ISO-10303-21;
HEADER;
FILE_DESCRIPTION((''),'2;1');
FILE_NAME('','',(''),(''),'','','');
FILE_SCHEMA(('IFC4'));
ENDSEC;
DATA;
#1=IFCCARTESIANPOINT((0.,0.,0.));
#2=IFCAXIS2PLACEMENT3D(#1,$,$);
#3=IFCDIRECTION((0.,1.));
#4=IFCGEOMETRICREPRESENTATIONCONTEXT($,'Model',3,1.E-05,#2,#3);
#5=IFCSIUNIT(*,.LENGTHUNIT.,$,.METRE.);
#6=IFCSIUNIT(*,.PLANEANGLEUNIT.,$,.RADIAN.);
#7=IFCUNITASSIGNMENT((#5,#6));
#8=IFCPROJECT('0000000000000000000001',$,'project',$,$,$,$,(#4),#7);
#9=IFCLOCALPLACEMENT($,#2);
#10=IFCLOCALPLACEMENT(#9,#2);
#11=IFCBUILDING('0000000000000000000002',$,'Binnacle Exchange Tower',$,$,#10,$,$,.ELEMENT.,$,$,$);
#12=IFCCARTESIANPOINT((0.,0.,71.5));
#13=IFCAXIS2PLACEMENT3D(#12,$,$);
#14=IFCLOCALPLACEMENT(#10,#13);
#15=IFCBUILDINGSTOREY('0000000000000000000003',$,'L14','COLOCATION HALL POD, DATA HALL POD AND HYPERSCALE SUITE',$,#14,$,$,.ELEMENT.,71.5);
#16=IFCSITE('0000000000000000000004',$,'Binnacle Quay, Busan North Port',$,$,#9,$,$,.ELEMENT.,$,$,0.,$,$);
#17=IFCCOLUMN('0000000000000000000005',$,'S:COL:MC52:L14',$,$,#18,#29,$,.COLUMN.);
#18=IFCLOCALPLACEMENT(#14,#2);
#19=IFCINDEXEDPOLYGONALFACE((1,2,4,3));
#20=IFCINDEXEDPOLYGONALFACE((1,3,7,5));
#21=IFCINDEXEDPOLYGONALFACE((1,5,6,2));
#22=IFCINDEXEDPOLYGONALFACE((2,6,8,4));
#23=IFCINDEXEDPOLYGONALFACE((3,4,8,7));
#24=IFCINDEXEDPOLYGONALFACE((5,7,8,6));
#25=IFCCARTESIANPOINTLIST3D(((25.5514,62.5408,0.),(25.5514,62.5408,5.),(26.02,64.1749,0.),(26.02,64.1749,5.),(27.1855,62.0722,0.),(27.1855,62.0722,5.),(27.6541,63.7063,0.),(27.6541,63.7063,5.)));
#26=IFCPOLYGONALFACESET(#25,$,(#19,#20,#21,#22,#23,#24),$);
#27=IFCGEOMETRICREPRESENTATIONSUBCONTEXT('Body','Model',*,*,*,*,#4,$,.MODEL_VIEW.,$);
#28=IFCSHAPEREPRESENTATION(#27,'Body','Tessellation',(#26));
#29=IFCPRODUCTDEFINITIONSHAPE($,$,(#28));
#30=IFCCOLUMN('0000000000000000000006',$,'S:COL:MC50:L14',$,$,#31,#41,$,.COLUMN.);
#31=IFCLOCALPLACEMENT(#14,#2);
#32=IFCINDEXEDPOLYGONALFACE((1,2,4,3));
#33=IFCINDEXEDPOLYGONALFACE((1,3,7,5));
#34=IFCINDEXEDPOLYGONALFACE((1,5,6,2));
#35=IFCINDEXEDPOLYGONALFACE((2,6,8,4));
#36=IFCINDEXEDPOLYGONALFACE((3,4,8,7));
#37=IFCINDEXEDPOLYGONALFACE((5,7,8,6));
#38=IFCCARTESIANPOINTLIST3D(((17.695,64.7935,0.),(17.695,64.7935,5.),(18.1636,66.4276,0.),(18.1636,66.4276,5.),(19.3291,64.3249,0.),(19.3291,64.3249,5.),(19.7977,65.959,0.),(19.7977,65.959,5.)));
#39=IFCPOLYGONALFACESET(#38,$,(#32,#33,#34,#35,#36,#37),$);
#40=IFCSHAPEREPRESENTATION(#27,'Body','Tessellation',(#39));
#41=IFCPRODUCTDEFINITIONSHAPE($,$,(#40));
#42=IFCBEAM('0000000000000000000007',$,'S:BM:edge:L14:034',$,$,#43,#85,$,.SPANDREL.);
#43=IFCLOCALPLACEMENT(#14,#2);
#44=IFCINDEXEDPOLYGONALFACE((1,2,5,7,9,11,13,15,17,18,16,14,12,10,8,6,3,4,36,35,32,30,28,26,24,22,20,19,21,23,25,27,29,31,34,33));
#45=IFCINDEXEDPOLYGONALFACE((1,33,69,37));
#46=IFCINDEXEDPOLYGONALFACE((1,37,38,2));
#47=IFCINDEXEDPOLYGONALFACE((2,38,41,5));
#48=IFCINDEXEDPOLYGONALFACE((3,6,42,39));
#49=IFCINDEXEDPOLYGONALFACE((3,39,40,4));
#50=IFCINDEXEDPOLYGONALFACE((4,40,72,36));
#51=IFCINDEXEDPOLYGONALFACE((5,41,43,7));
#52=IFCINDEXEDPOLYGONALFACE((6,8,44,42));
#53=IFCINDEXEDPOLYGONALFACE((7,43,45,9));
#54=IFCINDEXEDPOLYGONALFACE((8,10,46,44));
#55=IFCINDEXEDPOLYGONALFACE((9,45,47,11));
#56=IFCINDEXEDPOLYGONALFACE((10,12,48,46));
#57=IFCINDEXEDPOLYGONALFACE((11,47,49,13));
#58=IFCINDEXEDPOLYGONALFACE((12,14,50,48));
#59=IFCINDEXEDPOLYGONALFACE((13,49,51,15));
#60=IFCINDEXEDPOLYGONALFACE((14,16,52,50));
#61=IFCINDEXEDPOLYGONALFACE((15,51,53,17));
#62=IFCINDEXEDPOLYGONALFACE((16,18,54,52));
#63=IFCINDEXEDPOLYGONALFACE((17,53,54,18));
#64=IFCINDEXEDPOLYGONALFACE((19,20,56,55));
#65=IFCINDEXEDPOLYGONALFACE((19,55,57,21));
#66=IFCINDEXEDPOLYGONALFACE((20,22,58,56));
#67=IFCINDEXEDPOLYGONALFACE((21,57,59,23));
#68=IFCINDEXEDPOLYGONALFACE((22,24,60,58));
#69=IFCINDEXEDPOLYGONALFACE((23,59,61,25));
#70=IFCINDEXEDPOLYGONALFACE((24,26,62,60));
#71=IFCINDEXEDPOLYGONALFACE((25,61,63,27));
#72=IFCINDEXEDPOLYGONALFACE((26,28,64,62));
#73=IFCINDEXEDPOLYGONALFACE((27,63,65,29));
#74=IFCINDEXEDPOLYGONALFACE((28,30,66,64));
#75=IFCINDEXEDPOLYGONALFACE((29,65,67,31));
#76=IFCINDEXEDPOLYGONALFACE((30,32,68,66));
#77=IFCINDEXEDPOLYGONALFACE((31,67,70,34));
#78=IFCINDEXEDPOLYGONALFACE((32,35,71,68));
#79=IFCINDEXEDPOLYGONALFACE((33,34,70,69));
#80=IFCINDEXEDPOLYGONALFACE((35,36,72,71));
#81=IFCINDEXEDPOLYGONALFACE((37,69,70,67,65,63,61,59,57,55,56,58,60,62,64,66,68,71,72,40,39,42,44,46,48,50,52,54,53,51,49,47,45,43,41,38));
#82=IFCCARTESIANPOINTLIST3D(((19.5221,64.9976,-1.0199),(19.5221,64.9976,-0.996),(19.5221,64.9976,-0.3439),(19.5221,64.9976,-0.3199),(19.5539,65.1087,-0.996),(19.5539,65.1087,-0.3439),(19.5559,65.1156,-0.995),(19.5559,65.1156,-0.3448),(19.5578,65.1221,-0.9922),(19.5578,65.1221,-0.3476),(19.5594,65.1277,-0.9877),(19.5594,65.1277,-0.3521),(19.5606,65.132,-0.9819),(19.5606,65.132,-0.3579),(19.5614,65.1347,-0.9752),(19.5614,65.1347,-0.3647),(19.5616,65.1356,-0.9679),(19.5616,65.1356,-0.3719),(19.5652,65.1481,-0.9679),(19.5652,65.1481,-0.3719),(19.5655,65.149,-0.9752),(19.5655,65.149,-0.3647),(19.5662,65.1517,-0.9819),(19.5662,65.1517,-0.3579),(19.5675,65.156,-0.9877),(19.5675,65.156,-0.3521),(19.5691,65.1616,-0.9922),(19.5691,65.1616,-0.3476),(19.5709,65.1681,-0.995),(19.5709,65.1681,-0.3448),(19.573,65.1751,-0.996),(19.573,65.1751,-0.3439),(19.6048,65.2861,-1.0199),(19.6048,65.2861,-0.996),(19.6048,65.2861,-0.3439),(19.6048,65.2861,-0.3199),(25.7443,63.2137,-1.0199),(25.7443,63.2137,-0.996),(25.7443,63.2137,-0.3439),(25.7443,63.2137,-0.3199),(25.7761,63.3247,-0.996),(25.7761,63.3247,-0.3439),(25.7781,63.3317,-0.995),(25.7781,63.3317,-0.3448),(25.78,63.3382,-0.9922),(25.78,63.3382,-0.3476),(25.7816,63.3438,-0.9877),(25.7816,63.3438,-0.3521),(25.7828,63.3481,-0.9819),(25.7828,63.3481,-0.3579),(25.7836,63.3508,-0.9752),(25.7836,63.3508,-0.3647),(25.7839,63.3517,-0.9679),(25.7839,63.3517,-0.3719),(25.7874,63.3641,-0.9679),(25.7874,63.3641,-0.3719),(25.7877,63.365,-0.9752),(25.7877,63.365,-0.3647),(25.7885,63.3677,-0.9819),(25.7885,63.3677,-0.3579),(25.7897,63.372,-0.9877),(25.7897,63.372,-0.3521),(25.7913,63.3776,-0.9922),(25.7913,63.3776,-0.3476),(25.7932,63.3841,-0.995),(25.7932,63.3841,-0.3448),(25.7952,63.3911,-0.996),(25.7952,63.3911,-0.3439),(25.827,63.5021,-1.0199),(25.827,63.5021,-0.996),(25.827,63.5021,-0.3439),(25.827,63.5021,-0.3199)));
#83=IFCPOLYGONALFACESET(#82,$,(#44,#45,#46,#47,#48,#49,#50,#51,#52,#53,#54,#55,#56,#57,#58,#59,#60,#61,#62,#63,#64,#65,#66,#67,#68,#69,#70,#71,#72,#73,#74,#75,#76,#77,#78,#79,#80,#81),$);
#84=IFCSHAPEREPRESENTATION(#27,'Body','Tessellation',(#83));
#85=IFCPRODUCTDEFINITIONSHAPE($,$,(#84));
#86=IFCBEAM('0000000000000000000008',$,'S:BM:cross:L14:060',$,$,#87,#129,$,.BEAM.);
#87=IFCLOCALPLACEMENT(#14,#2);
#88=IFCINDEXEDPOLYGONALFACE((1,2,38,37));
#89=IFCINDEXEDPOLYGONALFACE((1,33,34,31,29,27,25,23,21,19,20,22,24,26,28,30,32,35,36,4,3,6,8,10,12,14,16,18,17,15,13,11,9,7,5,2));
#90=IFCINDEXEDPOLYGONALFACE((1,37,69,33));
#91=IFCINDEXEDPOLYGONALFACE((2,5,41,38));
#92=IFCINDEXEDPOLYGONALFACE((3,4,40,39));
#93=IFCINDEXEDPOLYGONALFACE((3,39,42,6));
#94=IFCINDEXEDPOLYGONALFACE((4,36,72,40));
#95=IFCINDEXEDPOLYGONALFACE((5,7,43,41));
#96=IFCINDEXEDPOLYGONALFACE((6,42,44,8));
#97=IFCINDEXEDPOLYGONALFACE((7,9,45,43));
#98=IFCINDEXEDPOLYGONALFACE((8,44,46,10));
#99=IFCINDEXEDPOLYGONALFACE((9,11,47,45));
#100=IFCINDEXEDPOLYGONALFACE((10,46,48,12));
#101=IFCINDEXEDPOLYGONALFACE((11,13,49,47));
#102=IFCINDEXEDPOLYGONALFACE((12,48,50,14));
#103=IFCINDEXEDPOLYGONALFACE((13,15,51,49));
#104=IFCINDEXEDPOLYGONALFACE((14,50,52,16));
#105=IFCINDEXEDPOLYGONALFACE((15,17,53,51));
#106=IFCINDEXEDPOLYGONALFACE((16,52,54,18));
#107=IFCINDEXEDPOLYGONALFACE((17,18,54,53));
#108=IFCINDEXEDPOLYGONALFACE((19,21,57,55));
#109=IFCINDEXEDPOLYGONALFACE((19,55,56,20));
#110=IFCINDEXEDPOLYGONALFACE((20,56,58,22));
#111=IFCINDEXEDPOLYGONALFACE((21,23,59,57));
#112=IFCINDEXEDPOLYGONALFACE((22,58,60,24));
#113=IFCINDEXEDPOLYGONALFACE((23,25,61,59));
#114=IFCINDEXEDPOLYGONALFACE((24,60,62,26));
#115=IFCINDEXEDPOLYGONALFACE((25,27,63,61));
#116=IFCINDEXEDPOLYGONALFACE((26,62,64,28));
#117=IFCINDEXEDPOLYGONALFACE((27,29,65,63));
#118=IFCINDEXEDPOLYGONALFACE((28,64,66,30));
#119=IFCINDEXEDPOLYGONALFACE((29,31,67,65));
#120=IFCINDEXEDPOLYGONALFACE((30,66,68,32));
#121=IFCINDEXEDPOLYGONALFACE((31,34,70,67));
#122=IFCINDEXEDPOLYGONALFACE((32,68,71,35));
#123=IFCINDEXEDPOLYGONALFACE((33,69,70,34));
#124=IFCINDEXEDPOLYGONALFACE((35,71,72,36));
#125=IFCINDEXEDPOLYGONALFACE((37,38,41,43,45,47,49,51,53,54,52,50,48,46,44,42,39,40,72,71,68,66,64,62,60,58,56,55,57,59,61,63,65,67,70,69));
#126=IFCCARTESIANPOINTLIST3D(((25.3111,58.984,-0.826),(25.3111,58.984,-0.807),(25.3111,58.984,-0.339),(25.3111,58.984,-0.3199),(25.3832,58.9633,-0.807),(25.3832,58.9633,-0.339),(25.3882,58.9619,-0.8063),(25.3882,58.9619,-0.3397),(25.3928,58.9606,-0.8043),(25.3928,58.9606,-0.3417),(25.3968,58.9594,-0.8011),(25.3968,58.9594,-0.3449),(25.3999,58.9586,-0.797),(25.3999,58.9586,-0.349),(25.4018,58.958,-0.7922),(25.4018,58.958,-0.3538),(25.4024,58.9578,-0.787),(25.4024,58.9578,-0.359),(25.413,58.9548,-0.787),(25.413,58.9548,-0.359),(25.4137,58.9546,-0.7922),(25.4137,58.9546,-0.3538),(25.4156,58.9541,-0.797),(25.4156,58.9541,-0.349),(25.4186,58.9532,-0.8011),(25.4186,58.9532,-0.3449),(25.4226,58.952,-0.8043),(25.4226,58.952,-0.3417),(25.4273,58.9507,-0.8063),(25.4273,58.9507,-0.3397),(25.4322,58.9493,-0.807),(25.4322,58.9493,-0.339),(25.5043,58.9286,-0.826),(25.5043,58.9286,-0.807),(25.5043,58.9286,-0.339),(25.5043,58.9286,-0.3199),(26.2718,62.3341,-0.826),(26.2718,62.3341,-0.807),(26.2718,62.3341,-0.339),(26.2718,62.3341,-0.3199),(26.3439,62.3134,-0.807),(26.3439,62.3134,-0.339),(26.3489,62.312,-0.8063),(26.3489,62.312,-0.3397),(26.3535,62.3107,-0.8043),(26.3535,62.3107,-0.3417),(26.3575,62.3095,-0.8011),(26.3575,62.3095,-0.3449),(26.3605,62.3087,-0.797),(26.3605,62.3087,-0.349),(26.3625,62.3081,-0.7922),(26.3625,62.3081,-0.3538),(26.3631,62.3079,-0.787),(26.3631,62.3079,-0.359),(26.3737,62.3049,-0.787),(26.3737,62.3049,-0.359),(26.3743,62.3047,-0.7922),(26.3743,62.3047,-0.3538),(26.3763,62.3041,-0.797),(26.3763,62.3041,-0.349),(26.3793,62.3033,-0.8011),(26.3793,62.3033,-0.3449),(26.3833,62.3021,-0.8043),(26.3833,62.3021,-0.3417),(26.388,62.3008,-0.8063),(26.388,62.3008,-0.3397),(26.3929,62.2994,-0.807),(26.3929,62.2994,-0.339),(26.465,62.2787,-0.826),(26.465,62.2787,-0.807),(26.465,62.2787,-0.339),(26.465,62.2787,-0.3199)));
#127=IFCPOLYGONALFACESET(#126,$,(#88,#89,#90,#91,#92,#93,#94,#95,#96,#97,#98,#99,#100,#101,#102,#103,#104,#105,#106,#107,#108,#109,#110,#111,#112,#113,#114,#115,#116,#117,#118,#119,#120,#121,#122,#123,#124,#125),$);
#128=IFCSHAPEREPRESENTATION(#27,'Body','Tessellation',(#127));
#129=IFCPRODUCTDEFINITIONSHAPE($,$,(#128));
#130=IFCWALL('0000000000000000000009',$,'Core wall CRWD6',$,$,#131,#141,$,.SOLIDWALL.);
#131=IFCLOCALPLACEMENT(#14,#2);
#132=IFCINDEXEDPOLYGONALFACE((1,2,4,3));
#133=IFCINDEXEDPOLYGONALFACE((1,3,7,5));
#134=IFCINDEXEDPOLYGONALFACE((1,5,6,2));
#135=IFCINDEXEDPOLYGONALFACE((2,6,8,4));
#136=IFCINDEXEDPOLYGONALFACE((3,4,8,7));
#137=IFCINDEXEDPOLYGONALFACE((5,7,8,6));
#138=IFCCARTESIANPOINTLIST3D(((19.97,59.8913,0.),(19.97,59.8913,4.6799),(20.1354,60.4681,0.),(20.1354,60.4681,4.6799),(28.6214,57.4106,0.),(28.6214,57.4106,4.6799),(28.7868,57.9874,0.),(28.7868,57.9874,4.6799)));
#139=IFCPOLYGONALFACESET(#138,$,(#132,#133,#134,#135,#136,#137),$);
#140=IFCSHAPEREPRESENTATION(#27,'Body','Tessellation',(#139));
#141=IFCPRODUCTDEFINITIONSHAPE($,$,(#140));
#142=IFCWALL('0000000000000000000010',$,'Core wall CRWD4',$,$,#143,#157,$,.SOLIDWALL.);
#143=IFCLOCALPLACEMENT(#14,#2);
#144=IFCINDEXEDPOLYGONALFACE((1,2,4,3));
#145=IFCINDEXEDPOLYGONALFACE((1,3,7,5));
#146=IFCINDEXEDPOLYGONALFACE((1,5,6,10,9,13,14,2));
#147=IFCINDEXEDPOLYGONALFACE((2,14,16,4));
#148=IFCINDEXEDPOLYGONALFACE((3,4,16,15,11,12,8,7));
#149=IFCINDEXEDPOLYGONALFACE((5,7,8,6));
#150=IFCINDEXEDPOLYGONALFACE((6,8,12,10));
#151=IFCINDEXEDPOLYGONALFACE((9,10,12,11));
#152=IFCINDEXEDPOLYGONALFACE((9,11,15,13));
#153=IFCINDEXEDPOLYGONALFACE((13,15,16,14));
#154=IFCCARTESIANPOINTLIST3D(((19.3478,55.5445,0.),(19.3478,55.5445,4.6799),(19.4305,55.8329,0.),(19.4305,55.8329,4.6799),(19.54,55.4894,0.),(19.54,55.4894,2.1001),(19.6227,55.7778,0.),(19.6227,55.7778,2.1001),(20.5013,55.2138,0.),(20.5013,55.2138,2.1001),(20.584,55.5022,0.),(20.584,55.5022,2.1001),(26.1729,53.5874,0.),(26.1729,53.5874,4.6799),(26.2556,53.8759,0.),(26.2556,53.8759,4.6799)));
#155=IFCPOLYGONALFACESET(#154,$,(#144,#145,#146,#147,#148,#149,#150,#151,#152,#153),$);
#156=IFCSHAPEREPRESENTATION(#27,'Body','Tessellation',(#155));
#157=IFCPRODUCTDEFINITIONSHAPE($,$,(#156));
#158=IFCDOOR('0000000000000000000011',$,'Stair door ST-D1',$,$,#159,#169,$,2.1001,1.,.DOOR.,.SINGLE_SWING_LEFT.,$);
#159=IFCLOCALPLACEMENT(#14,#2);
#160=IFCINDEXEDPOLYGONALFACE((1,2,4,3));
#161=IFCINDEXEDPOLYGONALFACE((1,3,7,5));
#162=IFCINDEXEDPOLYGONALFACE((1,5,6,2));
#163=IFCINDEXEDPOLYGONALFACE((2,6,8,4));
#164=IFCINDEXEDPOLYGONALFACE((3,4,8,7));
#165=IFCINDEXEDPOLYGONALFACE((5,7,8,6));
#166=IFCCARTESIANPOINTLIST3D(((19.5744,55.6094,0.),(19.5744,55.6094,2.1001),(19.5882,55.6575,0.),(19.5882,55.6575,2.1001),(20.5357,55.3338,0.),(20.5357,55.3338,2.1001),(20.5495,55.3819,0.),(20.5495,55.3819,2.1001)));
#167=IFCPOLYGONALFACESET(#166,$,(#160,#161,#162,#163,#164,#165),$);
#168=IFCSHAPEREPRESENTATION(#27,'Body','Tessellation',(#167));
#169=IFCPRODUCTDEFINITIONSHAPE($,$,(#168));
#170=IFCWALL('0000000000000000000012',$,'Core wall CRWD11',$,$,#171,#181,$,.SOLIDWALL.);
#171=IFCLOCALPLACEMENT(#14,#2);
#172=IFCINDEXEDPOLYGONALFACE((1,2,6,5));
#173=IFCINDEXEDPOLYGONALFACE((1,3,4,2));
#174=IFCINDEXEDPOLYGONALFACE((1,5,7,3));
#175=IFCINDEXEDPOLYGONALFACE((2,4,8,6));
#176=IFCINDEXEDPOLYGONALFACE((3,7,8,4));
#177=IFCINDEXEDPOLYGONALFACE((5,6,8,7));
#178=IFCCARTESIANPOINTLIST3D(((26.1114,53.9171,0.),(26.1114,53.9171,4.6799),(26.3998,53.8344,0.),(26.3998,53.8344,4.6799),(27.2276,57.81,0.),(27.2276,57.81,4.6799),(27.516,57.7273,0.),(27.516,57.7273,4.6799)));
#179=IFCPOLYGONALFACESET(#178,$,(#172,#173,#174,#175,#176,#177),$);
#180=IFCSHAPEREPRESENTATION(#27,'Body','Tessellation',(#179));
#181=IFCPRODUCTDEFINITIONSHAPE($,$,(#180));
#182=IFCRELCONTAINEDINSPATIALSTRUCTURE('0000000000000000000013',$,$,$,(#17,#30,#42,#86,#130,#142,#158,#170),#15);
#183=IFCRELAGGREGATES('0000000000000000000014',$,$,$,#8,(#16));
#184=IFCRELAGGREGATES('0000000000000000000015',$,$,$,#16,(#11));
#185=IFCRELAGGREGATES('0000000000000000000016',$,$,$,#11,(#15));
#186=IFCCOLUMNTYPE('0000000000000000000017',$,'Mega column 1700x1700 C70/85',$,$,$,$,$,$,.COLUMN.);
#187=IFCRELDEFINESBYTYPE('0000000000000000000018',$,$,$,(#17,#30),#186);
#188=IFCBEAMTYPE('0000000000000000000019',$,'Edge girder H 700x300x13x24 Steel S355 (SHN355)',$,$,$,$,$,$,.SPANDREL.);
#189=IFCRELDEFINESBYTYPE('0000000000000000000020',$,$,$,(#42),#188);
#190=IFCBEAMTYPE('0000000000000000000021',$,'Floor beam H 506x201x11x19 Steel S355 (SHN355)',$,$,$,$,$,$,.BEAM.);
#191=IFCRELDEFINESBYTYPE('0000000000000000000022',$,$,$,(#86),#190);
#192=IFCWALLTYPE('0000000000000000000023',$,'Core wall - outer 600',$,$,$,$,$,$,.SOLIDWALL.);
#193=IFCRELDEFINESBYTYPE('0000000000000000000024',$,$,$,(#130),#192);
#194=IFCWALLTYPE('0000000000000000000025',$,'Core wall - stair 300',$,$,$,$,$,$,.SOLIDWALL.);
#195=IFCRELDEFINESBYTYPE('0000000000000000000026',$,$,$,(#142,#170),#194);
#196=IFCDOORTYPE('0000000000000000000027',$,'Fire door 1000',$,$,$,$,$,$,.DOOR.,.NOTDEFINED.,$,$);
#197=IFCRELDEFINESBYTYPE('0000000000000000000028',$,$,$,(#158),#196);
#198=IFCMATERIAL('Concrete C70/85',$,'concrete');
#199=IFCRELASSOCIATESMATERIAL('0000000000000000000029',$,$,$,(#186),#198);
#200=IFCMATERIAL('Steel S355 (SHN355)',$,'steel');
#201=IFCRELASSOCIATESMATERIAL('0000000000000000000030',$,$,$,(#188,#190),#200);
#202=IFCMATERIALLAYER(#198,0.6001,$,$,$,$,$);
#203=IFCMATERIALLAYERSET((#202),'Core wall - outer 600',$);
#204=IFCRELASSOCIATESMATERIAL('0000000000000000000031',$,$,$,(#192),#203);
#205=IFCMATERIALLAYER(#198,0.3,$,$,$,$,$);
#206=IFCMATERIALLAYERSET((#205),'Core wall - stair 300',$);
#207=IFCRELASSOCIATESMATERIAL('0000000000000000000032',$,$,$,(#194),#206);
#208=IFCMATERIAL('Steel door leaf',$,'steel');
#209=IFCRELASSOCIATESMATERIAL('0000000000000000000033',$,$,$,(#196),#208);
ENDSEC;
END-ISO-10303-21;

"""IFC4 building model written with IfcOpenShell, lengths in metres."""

from ifc_helpers import new_model, si_unit, direction, frame, frame_2d, origin, origin_2d, place, context, subcontext, project, spatial, rectangle, i_section, extrude, material, layer, layer_set, material_profile, profile_set, type_object, element, fill, save


model = new_model("IFC4")

# Units and contexts
model_context = context("Model", 3, precision=1e-05, world=origin(), true_north=direction((0.0, 1.0)))
body_context = subcontext(model_context, "Body", "Model", "MODEL_VIEW")
ifc_project = project(units=[si_unit("LENGTHUNIT", "METRE"), si_unit("PLANEANGLEUNIT", "RADIAN")], contexts=[model_context])

# Site, building, storey
site_placement = place(None, origin())
site = spatial("IfcSite", under=ifc_project, at=site_placement, Name="Binnacle Quay, Busan North Port", CompositionType="ELEMENT", RefElevation=0.0)
building_placement = place(site_placement, origin())
building = spatial("IfcBuilding", under=site, at=building_placement, Name="Binnacle Exchange Tower", CompositionType="ELEMENT")
storey_placement = place(building_placement, frame((0.0, 0.0, 71.5)))
storey = spatial("IfcBuildingStorey", under=building, at=storey_placement, Name="L14", Description="COLOCATION HALL POD, DATA HALL POD AND HYPERSCALE SUITE", CompositionType="ELEMENT", Elevation=71.5)

# Columns
ifc_material_1 = material(Name="Concrete C70/85", Category="concrete")
ifc_material_profile_1 = material_profile(ifc_material_1, rectangle(XDim=1.7, YDim=1.7, at=origin_2d()), Name="Mega column 1700x1700 C70/85")
ifc_profile_set_1 = profile_set([ifc_material_profile_1], Name="Concrete C70/85")
column_type = type_object("IfcColumnType", Name="Mega column 1700x1700 C70/85", PredefinedType="COLUMN", material=ifc_profile_set_1)
for number, where, z_axis, x_axis, name in (
    (1, (26.6028, 63.1235, 0.0), (0.0, 0.0, 1.0), (-0.961262, 0.275637, 0.0), "S:COL:MC52:L14"),
    (2, (18.7463, 65.3762, 0.0), (0.0, 0.0, 1.0), (-0.961262, 0.275637, 0.0), "S:COL:MC50:L14"),
):
    element("IfcColumn", number, at=place(storey_placement, frame(where, z_axis=z_axis, x_axis=x_axis)), inside=storey, type_object=column_type, Name=name, PredefinedType="COLUMN", context=body_context, shape_type="SweptSolid", body=[
        extrude(rectangle(XDim=1.7, YDim=1.7, at=origin_2d()), origin(), (0.0, 0.0, 1.0), 5.0),
    ])

# Beams
ifc_material_2 = material(Name="Steel S355 (SHN355)", Category="steel")
ifc_material_profile_2 = material_profile(ifc_material_2, i_section(OverallWidth=0.3, OverallDepth=0.7, WebThickness=0.0129, FlangeThickness=0.0239, FilletRadius=0.0281, at=origin_2d()), Name="H 700x300x13x24")
ifc_profile_set_2 = profile_set([ifc_material_profile_2], Name="Steel S355 (SHN355)")
beam_type_1 = type_object("IfcBeamType", Name="Edge girder H 700x300x13x24 Steel S355 (SHN355)", PredefinedType="SPANDREL", material=ifc_profile_set_2)
beam_1_placement = place(storey_placement, frame((25.7856, 63.3579, -0.6699), z_axis=(-0.961272, 0.275603, 0.0), x_axis=(-0.275603, -0.961272, 0.0)))
element("IfcBeam", 3, at=beam_1_placement, inside=storey, type_object=beam_type_1, Name="S:BM:edge:L14:034", PredefinedType="SPANDREL", context=body_context, shape_type="SweptSolid", body=[
    extrude(i_section(OverallWidth=0.3, OverallDepth=0.7, WebThickness=0.0129, FlangeThickness=0.0239, FilletRadius=0.0281, at=origin_2d()), origin(), (0.0, 0.0, 1.0), 6.4729),
])
ifc_material_profile_3 = material_profile(ifc_material_2, i_section(OverallWidth=0.2009, OverallDepth=0.5061, WebThickness=0.011, FlangeThickness=0.019, FilletRadius=0.02, at=origin_2d()), Name="H 506x201x11x19")
ifc_profile_set_3 = profile_set([ifc_material_profile_3], Name="Steel S355 (SHN355)")
beam_type_2 = type_object("IfcBeamType", Name="Floor beam H 506x201x11x19 Steel S355 (SHN355)", PredefinedType="BEAM", material=ifc_profile_set_3)
beam_2_placement = place(storey_placement, frame((26.3684, 62.3064, -0.573), z_axis=(-0.275655, -0.961257, 0.0), x_axis=(0.961257, -0.275655, 0.0)))
element("IfcBeam", 4, at=beam_2_placement, inside=storey, type_object=beam_type_2, Name="S:BM:cross:L14:060", PredefinedType="BEAM", context=body_context, shape_type="SweptSolid", body=[
    extrude(i_section(OverallWidth=0.2009, OverallDepth=0.5061, WebThickness=0.011, FlangeThickness=0.019, FilletRadius=0.02, at=origin_2d()), origin(), (0.0, 0.0, 1.0), 3.4851),
])

# Wall
ifc_layer_1 = layer(ifc_material_1, 0.6001)
ifc_layer_set_1 = layer_set([ifc_layer_1], Name="Core wall - outer 600")
wall_type_1 = type_object("IfcWallType", Name="Core wall - outer 600", PredefinedType="SOLIDWALL", material=ifc_layer_set_1)
wall_1_placement = place(storey_placement, frame((20.0527, 60.1797, 0.0), z_axis=(0.0, 0.0, 1.0), x_axis=(0.961262, -0.275635, 0.0)))
element("IfcWall", 5, at=wall_1_placement, inside=storey, type_object=wall_type_1, Name="Core wall CRWD6", PredefinedType="SOLIDWALL", context=body_context, shape_type="SweptSolid", body=[
    extrude(rectangle(XDim=9.0, YDim=0.6001, at=frame_2d((4.5, 0.0))), origin(), (0.0, 0.0, 1.0), 4.6799),
])

# Wall, opening, door
ifc_layer_2 = layer(ifc_material_1, 0.3)
ifc_layer_set_2 = layer_set([ifc_layer_2], Name="Core wall - stair 300")
wall_type_2 = type_object("IfcWallType", Name="Core wall - stair 300", PredefinedType="SOLIDWALL", material=ifc_layer_set_2)
wall_2_placement = place(storey_placement, frame((19.3892, 55.6887, 0.0), z_axis=(0.0, 0.0, 1.0), x_axis=(0.961261, -0.275638, 0.0)))
wall_2 = element("IfcWall", 6, at=wall_2_placement, inside=storey, type_object=wall_type_2, Name="Core wall CRWD4", PredefinedType="SOLIDWALL", context=body_context, shape_type="SweptSolid", body=[
    extrude(rectangle(XDim=7.1001, YDim=0.3, at=frame_2d((3.55, 0.0))), origin(), (0.0, 0.0, 1.0), 4.6799),
])
opening_1_placement = place(wall_2_placement, frame((0.2, 0.0, 0.0)))
opening_1 = element("IfcOpeningElement", 7, at=opening_1_placement, cuts=wall_2, PredefinedType="OPENING", context=body_context, shape_type="SweptSolid", body=[
    extrude(rectangle(XDim=1.0, YDim=2.1001, at=frame_2d((0.5, 1.05))), frame((0.0, 0.1599, 0.0), z_axis=(0.0, -1.0, 0.0), x_axis=(1.0, 0.0, 0.0)), (0.0, 0.0, 1.0), 0.3201),
])
ifc_material_3 = material(Name="Steel door leaf", Category="steel")
door_type = type_object("IfcDoorType", Name="Fire door 1000", OperationType="NOTDEFINED", PredefinedType="DOOR", material=ifc_material_3)
door_1_placement = place(opening_1_placement, origin())
door_1 = element("IfcDoor", 8, at=door_1_placement, inside=storey, type_object=door_type, Name="Stair door ST-D1", OperationType="SINGLE_SWING_LEFT", OverallHeight=2.1001, OverallWidth=1.0, PredefinedType="DOOR", context=body_context, shape_type="SweptSolid", body=[
    extrude(rectangle(XDim=1.0, YDim=2.1001, at=frame_2d((0.5, 1.05))), frame((0.0, 0.0249, 0.0), z_axis=(0.0, -1.0, 0.0), x_axis=(1.0, 0.0, 0.0)), (0.0, 0.0, 1.0), 0.05),
])
fill(opening_1, door_1)

# Wall
wall_3_placement = place(storey_placement, frame((26.2556, 53.8757, 0.0), z_axis=(0.0, 0.0, 1.0), x_axis=(0.275613, 0.961269, 0.0)))
element("IfcWall", 9, at=wall_3_placement, inside=storey, type_object=wall_type_2, Name="Core wall CRWD11", PredefinedType="SOLIDWALL", context=body_context, shape_type="SweptSolid", body=[
    extrude(rectangle(XDim=4.0498, YDim=0.3, at=frame_2d((2.0249, 0.0))), origin(), (0.0, 0.0, 1.0), 4.6799),
])

save(model, "model.ifc")
